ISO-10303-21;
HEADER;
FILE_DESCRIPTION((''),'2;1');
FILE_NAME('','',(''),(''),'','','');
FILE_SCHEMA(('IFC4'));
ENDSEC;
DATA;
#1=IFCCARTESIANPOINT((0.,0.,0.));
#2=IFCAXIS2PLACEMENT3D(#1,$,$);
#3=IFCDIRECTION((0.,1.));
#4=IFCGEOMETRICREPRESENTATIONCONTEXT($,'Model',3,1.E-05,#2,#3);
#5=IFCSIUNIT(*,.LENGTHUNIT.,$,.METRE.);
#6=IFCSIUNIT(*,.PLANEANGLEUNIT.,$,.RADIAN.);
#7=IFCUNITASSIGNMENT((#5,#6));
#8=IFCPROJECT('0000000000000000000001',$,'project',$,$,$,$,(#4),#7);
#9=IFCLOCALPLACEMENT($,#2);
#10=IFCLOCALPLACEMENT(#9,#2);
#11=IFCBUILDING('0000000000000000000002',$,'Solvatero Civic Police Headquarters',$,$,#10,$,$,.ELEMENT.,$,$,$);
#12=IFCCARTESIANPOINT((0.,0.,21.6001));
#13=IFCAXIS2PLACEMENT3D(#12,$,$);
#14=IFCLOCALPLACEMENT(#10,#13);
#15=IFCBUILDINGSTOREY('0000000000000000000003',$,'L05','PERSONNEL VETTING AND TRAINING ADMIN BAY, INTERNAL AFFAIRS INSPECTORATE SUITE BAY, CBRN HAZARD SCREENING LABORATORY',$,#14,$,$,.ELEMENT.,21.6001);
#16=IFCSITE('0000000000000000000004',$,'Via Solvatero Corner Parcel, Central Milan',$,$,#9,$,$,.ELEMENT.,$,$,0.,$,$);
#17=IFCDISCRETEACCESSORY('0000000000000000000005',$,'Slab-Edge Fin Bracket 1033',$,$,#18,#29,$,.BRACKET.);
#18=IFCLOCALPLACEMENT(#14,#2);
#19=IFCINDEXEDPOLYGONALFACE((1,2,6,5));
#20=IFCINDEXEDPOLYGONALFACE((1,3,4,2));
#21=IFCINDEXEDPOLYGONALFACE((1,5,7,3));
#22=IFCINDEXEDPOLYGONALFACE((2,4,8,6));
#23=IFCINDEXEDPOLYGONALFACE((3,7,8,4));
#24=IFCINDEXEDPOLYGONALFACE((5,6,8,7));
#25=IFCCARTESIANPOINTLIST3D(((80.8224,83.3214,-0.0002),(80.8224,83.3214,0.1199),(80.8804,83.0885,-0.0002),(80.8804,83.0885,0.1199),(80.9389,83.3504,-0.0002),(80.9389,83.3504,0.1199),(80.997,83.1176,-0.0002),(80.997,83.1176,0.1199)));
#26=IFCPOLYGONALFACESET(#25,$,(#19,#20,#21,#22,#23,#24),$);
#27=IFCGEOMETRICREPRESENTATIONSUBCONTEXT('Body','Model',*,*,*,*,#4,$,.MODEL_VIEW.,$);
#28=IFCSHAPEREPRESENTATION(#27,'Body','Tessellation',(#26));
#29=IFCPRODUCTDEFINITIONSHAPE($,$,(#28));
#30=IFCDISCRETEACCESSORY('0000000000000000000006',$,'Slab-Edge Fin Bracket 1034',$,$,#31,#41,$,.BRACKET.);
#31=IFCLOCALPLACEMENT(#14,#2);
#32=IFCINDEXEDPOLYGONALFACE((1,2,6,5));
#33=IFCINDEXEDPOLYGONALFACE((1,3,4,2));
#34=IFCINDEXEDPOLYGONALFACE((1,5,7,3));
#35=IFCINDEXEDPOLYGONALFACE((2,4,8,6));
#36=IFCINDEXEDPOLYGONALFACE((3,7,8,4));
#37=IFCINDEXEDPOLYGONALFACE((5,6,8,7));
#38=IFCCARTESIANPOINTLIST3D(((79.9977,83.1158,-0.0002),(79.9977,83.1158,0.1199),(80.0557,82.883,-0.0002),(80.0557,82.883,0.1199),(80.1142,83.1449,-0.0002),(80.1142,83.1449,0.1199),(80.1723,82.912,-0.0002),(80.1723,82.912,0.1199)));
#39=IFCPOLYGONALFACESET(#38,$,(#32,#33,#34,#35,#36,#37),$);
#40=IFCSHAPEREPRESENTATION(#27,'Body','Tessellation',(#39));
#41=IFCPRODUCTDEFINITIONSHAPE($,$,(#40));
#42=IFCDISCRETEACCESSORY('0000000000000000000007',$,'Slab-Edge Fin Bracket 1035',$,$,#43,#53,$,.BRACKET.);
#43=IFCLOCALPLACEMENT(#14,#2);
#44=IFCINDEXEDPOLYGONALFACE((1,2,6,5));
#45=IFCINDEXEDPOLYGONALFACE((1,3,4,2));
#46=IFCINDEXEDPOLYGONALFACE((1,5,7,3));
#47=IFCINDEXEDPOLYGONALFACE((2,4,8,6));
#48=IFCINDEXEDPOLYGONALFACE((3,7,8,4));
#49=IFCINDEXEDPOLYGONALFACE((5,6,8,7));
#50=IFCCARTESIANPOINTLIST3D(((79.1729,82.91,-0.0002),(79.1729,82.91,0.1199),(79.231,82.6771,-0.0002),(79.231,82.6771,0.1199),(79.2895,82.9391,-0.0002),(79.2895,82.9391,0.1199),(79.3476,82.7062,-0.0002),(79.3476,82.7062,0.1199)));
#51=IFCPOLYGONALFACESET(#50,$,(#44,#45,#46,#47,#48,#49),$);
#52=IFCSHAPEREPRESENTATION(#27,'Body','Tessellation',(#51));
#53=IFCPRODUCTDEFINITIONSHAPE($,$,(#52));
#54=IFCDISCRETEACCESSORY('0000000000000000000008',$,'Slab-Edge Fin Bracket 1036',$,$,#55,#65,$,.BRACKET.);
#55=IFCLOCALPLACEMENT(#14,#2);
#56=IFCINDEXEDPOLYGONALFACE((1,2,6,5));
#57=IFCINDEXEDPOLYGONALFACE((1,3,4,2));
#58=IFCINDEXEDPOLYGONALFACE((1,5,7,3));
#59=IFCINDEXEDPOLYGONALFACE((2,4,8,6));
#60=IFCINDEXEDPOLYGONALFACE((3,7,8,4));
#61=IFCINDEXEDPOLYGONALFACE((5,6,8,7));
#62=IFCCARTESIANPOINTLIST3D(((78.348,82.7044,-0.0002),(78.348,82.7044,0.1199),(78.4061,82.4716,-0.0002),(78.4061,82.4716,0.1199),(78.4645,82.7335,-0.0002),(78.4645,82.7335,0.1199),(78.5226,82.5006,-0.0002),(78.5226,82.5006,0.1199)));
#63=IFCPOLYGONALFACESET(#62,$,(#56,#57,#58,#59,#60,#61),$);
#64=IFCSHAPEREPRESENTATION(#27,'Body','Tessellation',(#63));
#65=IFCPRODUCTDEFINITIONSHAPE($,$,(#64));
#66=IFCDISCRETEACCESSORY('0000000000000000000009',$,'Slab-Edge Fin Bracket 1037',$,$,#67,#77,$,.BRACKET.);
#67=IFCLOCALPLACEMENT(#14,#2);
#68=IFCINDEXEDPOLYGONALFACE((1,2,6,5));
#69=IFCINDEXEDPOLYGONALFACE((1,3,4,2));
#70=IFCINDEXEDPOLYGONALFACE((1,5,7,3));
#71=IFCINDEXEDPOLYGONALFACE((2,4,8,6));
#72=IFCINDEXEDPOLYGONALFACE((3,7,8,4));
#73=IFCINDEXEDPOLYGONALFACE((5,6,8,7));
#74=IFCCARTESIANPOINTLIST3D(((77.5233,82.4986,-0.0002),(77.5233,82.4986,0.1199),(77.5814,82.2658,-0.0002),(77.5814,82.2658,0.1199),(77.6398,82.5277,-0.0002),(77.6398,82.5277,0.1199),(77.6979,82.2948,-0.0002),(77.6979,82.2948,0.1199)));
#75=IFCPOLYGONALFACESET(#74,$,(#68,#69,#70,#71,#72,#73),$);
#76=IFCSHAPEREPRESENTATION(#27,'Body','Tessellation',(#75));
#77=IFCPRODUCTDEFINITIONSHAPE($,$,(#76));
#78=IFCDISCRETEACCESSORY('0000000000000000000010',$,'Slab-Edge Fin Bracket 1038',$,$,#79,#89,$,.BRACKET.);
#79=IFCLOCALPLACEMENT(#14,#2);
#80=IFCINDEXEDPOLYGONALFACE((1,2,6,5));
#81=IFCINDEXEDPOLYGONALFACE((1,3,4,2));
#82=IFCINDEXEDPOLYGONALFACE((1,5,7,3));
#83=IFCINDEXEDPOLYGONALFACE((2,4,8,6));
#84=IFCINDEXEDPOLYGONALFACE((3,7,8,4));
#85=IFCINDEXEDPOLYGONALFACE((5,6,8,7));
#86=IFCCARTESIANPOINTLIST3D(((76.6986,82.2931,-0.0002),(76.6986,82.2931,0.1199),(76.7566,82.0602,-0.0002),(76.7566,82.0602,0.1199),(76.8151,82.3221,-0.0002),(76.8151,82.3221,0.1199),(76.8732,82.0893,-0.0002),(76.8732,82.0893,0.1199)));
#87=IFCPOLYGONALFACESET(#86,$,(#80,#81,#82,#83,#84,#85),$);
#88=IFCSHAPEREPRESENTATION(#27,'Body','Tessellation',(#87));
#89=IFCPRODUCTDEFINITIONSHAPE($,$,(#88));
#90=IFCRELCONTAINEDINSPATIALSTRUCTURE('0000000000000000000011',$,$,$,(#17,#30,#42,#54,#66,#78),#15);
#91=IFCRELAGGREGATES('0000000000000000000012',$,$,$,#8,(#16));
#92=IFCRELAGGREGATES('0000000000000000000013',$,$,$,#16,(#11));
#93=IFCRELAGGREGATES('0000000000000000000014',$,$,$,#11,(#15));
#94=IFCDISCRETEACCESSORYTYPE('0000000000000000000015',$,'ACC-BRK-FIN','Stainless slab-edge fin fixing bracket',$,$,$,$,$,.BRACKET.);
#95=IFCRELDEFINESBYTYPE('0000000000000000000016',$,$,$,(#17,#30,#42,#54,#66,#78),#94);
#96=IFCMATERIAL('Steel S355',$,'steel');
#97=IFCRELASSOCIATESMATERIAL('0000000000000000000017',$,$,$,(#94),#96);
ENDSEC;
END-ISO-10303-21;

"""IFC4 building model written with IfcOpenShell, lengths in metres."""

from ifc_helpers import new_model, si_unit, direction, frame, origin, origin_2d, place, context, subcontext, project, spatial, rectangle, extrude, material, type_object, element, save


model = new_model("IFC4")

# Units and contexts
model_context = context("Model", 3, precision=1e-05, world=origin(), true_north=direction((0.0, 1.0)))
body_context = subcontext(model_context, "Body", "Model", "MODEL_VIEW")
ifc_project = project(units=[si_unit("LENGTHUNIT", "METRE"), si_unit("PLANEANGLEUNIT", "RADIAN")], contexts=[model_context])

# Site, building, storey
site_placement = place(None, origin())
site = spatial("IfcSite", under=ifc_project, at=site_placement, Name="Via Solvatero Corner Parcel, Central Milan", CompositionType="ELEMENT", RefElevation=0.0)
building_placement = place(site_placement, origin())
building = spatial("IfcBuilding", under=site, at=building_placement, Name="Solvatero Civic Police Headquarters", CompositionType="ELEMENT")
storey_placement = place(building_placement, frame((0.0, 0.0, 21.6001)))
storey = spatial("IfcBuildingStorey", under=building, at=storey_placement, Name="L05", Description="PERSONNEL VETTING AND TRAINING ADMIN BAY, INTERNAL AFFAIRS INSPECTORATE SUITE BAY, CBRN HAZARD SCREENING LABORATORY", CompositionType="ELEMENT", Elevation=21.6001)

# Discrete accessories
ifc_material_1 = material(Name="Steel S355", Category="steel")
discrete_accessory_type = type_object("IfcDiscreteAccessoryType", Name="ACC-BRK-FIN", Description="Stainless slab-edge fin fixing bracket", PredefinedType="BRACKET", material=ifc_material_1)
for number, where, z_axis, x_axis, name in (
    (1, (80.9097, 83.2195, -0.0002), (0.0, 0.0, 1.0), (-0.970296, -0.241922, 0.0), "Slab-Edge Fin Bracket 1033"),
    (2, (80.085, 83.0139, -0.0002), (0.0, 0.0, 1.0), (-0.970296, -0.241922, 0.0), "Slab-Edge Fin Bracket 1034"),
    (3, (79.2603, 82.8081, -0.0002), (0.0, 0.0, 1.0), (-0.970296, -0.241922, 0.0), "Slab-Edge Fin Bracket 1035"),
    (4, (78.4353, 82.6025, -0.0002), (0.0, 0.0, 1.0), (-0.970296, -0.241922, 0.0), "Slab-Edge Fin Bracket 1036"),
    (5, (77.6106, 82.3967, -0.0002), (0.0, 0.0, 1.0), (-0.970296, -0.241922, 0.0), "Slab-Edge Fin Bracket 1037"),
    (6, (76.7859, 82.1912, -0.0002), (0.0, 0.0, 1.0), (-0.970296, -0.241922, 0.0), "Slab-Edge Fin Bracket 1038"),
):
    element("IfcDiscreteAccessory", number, at=place(storey_placement, frame(where, z_axis=z_axis, x_axis=x_axis)), inside=storey, type_object=discrete_accessory_type, Name=name, PredefinedType="BRACKET", context=body_context, shape_type="SweptSolid", body=[
        extrude(rectangle(XDim=0.1201, YDim=0.24, at=origin_2d()), origin(), (0.0, 0.0, 1.0), 0.1201),
    ])

save(model, "model.ifc")
